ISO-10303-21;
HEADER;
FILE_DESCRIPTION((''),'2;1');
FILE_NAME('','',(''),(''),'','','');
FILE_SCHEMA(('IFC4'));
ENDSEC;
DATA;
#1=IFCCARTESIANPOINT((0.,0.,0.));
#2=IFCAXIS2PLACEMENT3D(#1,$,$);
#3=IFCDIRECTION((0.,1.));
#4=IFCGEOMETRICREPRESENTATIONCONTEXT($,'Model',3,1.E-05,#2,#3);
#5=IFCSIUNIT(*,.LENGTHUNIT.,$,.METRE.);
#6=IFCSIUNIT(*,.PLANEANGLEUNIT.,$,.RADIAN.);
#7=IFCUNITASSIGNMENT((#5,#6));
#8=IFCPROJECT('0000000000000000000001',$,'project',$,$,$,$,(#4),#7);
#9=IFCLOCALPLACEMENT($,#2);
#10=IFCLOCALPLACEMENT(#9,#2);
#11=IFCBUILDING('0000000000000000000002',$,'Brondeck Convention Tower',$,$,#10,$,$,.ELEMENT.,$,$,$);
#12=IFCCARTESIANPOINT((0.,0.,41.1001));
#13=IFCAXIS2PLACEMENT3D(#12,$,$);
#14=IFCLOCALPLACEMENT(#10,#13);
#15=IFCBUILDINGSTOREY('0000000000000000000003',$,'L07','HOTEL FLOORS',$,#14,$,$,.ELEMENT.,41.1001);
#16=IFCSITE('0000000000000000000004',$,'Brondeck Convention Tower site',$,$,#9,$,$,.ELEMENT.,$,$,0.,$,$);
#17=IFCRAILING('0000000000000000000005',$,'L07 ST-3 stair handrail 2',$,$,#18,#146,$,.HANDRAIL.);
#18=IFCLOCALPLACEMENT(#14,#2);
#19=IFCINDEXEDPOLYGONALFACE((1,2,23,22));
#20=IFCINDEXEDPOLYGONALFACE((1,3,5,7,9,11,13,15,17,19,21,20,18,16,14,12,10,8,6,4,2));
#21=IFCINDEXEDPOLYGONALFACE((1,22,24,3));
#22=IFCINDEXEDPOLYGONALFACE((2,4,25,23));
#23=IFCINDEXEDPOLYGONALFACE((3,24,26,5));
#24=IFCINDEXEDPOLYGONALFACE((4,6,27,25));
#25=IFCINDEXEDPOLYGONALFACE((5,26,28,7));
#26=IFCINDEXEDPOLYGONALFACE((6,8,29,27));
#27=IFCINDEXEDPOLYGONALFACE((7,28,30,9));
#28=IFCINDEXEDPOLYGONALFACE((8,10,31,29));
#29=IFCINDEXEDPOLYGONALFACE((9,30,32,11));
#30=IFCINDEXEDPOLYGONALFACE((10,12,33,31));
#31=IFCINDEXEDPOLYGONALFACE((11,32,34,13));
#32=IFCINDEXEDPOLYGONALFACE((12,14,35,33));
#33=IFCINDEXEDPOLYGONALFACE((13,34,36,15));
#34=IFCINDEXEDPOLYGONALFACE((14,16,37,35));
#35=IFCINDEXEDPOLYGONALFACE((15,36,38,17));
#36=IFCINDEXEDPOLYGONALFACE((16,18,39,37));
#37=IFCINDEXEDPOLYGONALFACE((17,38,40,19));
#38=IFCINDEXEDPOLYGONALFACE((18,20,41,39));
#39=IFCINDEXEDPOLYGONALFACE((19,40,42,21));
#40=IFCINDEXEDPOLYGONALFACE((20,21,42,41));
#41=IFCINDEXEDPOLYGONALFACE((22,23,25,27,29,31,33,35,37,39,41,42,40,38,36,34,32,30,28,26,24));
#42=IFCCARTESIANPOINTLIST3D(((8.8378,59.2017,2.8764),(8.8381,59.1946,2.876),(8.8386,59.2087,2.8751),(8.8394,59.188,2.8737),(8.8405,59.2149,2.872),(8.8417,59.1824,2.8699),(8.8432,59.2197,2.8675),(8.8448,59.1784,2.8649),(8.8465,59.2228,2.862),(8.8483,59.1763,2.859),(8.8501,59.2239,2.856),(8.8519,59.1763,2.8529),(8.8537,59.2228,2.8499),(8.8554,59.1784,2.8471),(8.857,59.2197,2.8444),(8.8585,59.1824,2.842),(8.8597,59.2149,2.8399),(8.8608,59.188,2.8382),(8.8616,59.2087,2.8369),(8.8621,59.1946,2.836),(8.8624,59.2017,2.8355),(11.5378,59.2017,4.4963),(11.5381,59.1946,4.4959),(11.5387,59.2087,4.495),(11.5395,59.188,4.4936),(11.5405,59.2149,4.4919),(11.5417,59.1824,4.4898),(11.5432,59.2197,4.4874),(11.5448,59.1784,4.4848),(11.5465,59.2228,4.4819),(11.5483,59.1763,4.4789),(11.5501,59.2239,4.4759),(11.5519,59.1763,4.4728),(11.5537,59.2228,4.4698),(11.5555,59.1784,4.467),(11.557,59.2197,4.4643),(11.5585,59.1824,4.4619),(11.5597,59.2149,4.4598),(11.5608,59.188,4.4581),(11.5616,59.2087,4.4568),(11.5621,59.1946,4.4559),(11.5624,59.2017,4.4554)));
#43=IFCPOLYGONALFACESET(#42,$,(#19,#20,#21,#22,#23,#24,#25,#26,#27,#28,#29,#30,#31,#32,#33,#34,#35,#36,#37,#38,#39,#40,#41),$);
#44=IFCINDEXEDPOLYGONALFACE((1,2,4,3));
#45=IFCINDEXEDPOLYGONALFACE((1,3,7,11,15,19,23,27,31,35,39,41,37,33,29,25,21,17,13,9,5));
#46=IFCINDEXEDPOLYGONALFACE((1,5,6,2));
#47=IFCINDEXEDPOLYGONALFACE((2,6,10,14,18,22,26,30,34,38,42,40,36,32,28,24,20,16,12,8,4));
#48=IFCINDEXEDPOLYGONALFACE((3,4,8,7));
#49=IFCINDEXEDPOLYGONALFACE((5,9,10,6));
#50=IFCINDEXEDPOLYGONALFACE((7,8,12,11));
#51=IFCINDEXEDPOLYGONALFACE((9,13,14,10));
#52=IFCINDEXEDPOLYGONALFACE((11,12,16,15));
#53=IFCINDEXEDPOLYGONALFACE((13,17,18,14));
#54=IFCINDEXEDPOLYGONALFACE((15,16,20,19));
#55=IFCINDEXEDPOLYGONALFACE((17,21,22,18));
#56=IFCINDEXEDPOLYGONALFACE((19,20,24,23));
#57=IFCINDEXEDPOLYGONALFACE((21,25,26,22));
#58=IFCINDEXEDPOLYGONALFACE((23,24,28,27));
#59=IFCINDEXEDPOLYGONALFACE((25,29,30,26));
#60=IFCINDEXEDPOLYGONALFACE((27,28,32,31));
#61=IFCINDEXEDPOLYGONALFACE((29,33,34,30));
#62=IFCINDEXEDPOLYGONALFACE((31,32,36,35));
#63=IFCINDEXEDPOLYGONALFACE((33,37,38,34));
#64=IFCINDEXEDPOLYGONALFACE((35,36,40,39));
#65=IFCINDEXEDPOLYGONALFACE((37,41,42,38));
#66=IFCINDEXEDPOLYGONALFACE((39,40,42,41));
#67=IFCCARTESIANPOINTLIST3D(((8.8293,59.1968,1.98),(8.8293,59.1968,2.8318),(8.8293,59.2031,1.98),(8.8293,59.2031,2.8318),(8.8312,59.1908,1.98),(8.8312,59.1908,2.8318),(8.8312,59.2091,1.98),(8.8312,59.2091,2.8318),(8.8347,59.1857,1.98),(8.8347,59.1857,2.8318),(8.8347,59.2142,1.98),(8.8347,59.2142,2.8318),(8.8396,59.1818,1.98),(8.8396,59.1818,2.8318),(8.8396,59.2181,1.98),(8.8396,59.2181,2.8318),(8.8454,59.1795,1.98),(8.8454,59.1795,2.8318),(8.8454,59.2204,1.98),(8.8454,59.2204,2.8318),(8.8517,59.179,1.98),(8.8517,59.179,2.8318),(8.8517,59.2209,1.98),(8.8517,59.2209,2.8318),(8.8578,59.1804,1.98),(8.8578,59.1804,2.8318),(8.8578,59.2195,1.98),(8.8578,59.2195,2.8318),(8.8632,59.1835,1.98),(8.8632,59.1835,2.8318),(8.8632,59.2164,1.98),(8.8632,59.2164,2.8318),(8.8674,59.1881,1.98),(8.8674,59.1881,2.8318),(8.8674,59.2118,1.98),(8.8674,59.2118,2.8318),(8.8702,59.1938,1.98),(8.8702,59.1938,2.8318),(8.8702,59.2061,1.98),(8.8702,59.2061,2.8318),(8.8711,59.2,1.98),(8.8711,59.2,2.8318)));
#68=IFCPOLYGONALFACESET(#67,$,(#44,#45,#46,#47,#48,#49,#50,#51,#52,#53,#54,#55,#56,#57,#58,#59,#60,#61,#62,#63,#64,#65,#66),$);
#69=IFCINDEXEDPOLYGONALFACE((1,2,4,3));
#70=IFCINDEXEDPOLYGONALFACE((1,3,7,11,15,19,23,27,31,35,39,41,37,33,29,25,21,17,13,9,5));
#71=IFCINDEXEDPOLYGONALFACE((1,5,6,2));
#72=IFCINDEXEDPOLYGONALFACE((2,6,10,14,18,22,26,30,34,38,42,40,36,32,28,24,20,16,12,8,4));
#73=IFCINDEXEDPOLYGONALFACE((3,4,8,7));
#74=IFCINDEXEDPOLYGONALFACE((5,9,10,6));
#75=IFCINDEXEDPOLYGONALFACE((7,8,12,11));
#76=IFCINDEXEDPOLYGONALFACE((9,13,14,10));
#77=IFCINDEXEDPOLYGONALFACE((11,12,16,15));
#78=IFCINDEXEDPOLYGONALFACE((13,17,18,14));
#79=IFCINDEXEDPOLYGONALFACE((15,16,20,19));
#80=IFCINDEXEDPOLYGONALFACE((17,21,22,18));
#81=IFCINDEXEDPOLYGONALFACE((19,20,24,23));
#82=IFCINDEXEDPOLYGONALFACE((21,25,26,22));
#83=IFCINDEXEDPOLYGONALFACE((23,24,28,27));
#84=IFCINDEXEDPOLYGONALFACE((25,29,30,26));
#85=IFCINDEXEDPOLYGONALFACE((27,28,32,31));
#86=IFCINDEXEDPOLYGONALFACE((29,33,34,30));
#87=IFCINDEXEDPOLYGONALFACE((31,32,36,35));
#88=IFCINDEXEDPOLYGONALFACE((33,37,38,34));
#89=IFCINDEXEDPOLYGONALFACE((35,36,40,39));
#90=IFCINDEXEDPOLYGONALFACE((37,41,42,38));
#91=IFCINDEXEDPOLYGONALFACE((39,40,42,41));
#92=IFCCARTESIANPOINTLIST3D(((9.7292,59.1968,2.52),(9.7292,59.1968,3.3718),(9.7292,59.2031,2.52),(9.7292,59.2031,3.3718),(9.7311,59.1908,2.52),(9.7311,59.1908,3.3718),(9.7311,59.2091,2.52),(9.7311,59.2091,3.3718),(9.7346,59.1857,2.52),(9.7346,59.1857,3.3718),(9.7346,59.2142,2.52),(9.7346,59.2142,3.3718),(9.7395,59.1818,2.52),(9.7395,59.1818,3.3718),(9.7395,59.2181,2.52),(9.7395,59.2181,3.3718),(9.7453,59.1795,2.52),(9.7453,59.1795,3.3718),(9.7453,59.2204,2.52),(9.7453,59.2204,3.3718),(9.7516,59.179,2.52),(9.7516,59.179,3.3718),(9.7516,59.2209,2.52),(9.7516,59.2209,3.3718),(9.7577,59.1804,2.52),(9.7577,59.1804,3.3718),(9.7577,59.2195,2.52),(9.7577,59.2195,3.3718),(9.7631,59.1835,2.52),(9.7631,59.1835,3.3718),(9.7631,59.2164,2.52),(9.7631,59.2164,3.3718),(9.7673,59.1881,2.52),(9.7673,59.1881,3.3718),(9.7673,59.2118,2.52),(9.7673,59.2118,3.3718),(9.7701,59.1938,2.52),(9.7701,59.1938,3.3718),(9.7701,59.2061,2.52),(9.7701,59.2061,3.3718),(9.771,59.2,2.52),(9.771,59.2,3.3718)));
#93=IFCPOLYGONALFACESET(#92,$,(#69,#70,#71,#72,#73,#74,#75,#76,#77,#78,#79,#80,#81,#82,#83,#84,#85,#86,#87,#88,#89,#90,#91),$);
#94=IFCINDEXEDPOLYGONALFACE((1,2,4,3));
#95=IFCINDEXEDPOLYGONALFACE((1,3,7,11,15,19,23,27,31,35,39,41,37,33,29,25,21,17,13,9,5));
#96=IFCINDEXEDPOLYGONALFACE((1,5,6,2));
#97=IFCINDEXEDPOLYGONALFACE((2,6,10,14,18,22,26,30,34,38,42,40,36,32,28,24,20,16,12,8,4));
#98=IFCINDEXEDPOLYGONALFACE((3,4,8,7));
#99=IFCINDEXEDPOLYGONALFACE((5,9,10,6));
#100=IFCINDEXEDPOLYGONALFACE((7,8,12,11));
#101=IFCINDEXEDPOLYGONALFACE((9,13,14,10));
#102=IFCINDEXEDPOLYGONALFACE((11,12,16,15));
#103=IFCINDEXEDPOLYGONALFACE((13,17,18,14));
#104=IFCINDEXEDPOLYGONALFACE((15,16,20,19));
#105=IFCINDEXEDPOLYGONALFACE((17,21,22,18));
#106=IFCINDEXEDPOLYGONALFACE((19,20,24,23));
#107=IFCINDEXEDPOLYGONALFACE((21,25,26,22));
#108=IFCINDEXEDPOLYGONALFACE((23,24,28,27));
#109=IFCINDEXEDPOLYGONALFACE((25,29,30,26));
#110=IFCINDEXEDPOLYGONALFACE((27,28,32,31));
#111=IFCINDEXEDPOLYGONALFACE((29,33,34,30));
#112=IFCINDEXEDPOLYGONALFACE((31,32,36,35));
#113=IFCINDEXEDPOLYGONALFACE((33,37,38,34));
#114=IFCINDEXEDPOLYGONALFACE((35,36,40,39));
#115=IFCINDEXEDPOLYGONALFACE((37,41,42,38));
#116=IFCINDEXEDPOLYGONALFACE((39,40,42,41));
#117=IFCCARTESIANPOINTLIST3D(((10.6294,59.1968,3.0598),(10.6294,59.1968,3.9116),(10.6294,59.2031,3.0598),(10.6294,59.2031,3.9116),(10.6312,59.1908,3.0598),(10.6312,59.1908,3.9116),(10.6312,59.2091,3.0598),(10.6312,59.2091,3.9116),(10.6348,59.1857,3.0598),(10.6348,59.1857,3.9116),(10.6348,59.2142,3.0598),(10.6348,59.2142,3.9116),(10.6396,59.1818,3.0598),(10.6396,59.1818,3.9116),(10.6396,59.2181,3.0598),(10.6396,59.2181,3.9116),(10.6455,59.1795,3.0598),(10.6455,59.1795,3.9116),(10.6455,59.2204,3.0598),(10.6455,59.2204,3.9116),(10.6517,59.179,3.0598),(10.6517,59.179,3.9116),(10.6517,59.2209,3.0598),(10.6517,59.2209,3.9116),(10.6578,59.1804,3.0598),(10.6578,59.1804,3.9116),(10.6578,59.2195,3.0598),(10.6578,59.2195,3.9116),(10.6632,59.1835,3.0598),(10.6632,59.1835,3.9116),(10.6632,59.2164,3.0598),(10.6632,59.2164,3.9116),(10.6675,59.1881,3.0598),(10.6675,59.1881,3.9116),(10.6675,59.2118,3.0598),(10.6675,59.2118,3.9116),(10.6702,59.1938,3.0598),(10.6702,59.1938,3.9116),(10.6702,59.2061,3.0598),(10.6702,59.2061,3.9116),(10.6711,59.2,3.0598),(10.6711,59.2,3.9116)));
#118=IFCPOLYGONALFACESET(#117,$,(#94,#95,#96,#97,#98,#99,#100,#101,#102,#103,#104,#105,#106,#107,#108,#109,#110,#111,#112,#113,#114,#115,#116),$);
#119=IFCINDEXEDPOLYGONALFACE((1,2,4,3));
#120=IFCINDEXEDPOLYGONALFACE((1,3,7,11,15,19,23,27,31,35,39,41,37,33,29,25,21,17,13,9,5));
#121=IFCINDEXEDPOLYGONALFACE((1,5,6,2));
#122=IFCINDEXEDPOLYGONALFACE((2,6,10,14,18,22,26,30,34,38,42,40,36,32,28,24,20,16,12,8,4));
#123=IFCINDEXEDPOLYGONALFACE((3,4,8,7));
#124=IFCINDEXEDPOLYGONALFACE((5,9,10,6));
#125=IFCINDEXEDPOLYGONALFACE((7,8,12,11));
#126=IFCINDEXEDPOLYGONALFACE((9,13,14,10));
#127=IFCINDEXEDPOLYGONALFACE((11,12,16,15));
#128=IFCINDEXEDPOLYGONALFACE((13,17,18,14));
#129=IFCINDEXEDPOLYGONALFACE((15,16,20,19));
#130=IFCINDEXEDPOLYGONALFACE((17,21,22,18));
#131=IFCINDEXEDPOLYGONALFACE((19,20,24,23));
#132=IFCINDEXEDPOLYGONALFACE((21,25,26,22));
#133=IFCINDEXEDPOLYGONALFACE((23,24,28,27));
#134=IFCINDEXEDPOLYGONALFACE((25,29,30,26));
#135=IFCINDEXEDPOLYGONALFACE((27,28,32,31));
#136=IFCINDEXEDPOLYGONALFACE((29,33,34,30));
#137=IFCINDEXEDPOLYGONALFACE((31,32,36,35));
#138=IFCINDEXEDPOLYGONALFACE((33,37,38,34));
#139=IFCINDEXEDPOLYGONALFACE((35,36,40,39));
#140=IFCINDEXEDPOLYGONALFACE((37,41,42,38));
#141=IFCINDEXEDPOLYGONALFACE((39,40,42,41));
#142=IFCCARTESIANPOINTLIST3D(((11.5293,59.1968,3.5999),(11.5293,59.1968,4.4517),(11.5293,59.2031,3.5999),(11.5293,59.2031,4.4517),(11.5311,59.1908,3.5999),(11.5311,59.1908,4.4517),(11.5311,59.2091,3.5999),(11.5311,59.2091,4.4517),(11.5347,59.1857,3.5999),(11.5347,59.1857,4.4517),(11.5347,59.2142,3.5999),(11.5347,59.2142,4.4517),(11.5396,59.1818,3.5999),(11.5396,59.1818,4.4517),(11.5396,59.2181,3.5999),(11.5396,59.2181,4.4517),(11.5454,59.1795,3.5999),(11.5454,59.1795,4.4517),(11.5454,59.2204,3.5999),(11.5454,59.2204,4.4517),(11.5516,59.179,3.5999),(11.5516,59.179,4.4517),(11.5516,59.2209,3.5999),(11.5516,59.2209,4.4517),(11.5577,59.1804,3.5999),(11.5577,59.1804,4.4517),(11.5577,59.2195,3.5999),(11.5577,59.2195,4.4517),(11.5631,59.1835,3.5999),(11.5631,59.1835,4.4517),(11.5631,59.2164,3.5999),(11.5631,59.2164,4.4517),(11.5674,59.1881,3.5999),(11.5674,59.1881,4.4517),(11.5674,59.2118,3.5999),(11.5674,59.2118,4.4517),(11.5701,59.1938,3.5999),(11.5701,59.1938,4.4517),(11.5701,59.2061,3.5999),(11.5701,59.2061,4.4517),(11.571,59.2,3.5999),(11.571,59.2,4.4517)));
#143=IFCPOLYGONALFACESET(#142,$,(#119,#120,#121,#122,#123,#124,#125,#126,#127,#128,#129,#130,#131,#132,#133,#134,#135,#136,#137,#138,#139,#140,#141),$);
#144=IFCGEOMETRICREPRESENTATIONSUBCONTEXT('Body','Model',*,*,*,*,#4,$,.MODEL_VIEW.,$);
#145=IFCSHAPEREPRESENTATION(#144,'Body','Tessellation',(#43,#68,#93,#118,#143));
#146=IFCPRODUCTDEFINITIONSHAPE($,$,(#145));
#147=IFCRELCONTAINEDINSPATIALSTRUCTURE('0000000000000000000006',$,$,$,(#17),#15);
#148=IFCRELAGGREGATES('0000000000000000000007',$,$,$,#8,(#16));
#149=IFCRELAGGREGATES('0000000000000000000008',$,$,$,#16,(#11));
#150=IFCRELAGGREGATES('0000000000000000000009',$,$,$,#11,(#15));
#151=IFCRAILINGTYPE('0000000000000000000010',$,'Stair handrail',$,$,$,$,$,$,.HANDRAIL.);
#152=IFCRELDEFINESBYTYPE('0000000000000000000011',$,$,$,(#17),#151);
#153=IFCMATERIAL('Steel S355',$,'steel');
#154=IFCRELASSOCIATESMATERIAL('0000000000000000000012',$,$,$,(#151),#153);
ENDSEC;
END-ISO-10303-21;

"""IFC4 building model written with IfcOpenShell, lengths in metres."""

from ifc_helpers import new_model, si_unit, direction, frame, origin, origin_2d, place, context, subcontext, project, spatial, circle, extrude, material, type_object, element, save


model = new_model("IFC4")

# Units and contexts
model_context = context("Model", 3, precision=1e-05, world=origin(), true_north=direction((0.0, 1.0)))
body_context = subcontext(model_context, "Body", "Model", "MODEL_VIEW")
ifc_project = project(units=[si_unit("LENGTHUNIT", "METRE"), si_unit("PLANEANGLEUNIT", "RADIAN")], contexts=[model_context])

# Site, building, storey
site_placement = place(None, origin())
site = spatial("IfcSite", under=ifc_project, at=site_placement, Name="Brondeck Convention Tower site", CompositionType="ELEMENT", RefElevation=0.0)
building_placement = place(site_placement, origin())
building = spatial("IfcBuilding", under=site, at=building_placement, Name="Brondeck Convention Tower", CompositionType="ELEMENT")
storey_placement = place(building_placement, frame((0.0, 0.0, 41.1001)))
storey = spatial("IfcBuildingStorey", under=building, at=storey_placement, Name="L07", Description="HOTEL FLOORS", CompositionType="ELEMENT", Elevation=41.1001)

# Railing
ifc_material_1 = material(Name="Steel S355", Category="steel")
railing_type = type_object("IfcRailingType", Name="Stair handrail", PredefinedType="HANDRAIL", material=ifc_material_1)
railing_placement = place(storey_placement, frame((8.8501, 59.2, 1.98)))
element("IfcRailing", 1, at=railing_placement, inside=storey, type_object=railing_type, Name="L07 ST-3 stair handrail 2", PredefinedType="HANDRAIL", context=body_context, shape_type="SweptSolid", body=[
    extrude(circle(Radius=0.0239, at=origin_2d()), frame((0.0, 0.0, 0.876), z_axis=(0.857507, 0.0, 0.514473), x_axis=(0.0, 1.0, 0.0)), (0.0, 0.0, 1.0), 3.1487),
    extrude(circle(Radius=0.021, at=origin_2d()), origin(), (0.0, 0.0, 1.0), 0.8518),
    extrude(circle(Radius=0.021, at=origin_2d()), frame((0.8999, 0.0, 0.54)), (0.0, 0.0, 1.0), 0.8518),
    extrude(circle(Radius=0.021, at=origin_2d()), frame((1.8, 0.0, 1.0798)), (0.0, 0.0, 1.0), 0.8518),
    extrude(circle(Radius=0.021, at=origin_2d()), frame((2.7, 0.0, 1.6199)), (0.0, 0.0, 1.0), 0.8518),
])

save(model, "model.ifc")
